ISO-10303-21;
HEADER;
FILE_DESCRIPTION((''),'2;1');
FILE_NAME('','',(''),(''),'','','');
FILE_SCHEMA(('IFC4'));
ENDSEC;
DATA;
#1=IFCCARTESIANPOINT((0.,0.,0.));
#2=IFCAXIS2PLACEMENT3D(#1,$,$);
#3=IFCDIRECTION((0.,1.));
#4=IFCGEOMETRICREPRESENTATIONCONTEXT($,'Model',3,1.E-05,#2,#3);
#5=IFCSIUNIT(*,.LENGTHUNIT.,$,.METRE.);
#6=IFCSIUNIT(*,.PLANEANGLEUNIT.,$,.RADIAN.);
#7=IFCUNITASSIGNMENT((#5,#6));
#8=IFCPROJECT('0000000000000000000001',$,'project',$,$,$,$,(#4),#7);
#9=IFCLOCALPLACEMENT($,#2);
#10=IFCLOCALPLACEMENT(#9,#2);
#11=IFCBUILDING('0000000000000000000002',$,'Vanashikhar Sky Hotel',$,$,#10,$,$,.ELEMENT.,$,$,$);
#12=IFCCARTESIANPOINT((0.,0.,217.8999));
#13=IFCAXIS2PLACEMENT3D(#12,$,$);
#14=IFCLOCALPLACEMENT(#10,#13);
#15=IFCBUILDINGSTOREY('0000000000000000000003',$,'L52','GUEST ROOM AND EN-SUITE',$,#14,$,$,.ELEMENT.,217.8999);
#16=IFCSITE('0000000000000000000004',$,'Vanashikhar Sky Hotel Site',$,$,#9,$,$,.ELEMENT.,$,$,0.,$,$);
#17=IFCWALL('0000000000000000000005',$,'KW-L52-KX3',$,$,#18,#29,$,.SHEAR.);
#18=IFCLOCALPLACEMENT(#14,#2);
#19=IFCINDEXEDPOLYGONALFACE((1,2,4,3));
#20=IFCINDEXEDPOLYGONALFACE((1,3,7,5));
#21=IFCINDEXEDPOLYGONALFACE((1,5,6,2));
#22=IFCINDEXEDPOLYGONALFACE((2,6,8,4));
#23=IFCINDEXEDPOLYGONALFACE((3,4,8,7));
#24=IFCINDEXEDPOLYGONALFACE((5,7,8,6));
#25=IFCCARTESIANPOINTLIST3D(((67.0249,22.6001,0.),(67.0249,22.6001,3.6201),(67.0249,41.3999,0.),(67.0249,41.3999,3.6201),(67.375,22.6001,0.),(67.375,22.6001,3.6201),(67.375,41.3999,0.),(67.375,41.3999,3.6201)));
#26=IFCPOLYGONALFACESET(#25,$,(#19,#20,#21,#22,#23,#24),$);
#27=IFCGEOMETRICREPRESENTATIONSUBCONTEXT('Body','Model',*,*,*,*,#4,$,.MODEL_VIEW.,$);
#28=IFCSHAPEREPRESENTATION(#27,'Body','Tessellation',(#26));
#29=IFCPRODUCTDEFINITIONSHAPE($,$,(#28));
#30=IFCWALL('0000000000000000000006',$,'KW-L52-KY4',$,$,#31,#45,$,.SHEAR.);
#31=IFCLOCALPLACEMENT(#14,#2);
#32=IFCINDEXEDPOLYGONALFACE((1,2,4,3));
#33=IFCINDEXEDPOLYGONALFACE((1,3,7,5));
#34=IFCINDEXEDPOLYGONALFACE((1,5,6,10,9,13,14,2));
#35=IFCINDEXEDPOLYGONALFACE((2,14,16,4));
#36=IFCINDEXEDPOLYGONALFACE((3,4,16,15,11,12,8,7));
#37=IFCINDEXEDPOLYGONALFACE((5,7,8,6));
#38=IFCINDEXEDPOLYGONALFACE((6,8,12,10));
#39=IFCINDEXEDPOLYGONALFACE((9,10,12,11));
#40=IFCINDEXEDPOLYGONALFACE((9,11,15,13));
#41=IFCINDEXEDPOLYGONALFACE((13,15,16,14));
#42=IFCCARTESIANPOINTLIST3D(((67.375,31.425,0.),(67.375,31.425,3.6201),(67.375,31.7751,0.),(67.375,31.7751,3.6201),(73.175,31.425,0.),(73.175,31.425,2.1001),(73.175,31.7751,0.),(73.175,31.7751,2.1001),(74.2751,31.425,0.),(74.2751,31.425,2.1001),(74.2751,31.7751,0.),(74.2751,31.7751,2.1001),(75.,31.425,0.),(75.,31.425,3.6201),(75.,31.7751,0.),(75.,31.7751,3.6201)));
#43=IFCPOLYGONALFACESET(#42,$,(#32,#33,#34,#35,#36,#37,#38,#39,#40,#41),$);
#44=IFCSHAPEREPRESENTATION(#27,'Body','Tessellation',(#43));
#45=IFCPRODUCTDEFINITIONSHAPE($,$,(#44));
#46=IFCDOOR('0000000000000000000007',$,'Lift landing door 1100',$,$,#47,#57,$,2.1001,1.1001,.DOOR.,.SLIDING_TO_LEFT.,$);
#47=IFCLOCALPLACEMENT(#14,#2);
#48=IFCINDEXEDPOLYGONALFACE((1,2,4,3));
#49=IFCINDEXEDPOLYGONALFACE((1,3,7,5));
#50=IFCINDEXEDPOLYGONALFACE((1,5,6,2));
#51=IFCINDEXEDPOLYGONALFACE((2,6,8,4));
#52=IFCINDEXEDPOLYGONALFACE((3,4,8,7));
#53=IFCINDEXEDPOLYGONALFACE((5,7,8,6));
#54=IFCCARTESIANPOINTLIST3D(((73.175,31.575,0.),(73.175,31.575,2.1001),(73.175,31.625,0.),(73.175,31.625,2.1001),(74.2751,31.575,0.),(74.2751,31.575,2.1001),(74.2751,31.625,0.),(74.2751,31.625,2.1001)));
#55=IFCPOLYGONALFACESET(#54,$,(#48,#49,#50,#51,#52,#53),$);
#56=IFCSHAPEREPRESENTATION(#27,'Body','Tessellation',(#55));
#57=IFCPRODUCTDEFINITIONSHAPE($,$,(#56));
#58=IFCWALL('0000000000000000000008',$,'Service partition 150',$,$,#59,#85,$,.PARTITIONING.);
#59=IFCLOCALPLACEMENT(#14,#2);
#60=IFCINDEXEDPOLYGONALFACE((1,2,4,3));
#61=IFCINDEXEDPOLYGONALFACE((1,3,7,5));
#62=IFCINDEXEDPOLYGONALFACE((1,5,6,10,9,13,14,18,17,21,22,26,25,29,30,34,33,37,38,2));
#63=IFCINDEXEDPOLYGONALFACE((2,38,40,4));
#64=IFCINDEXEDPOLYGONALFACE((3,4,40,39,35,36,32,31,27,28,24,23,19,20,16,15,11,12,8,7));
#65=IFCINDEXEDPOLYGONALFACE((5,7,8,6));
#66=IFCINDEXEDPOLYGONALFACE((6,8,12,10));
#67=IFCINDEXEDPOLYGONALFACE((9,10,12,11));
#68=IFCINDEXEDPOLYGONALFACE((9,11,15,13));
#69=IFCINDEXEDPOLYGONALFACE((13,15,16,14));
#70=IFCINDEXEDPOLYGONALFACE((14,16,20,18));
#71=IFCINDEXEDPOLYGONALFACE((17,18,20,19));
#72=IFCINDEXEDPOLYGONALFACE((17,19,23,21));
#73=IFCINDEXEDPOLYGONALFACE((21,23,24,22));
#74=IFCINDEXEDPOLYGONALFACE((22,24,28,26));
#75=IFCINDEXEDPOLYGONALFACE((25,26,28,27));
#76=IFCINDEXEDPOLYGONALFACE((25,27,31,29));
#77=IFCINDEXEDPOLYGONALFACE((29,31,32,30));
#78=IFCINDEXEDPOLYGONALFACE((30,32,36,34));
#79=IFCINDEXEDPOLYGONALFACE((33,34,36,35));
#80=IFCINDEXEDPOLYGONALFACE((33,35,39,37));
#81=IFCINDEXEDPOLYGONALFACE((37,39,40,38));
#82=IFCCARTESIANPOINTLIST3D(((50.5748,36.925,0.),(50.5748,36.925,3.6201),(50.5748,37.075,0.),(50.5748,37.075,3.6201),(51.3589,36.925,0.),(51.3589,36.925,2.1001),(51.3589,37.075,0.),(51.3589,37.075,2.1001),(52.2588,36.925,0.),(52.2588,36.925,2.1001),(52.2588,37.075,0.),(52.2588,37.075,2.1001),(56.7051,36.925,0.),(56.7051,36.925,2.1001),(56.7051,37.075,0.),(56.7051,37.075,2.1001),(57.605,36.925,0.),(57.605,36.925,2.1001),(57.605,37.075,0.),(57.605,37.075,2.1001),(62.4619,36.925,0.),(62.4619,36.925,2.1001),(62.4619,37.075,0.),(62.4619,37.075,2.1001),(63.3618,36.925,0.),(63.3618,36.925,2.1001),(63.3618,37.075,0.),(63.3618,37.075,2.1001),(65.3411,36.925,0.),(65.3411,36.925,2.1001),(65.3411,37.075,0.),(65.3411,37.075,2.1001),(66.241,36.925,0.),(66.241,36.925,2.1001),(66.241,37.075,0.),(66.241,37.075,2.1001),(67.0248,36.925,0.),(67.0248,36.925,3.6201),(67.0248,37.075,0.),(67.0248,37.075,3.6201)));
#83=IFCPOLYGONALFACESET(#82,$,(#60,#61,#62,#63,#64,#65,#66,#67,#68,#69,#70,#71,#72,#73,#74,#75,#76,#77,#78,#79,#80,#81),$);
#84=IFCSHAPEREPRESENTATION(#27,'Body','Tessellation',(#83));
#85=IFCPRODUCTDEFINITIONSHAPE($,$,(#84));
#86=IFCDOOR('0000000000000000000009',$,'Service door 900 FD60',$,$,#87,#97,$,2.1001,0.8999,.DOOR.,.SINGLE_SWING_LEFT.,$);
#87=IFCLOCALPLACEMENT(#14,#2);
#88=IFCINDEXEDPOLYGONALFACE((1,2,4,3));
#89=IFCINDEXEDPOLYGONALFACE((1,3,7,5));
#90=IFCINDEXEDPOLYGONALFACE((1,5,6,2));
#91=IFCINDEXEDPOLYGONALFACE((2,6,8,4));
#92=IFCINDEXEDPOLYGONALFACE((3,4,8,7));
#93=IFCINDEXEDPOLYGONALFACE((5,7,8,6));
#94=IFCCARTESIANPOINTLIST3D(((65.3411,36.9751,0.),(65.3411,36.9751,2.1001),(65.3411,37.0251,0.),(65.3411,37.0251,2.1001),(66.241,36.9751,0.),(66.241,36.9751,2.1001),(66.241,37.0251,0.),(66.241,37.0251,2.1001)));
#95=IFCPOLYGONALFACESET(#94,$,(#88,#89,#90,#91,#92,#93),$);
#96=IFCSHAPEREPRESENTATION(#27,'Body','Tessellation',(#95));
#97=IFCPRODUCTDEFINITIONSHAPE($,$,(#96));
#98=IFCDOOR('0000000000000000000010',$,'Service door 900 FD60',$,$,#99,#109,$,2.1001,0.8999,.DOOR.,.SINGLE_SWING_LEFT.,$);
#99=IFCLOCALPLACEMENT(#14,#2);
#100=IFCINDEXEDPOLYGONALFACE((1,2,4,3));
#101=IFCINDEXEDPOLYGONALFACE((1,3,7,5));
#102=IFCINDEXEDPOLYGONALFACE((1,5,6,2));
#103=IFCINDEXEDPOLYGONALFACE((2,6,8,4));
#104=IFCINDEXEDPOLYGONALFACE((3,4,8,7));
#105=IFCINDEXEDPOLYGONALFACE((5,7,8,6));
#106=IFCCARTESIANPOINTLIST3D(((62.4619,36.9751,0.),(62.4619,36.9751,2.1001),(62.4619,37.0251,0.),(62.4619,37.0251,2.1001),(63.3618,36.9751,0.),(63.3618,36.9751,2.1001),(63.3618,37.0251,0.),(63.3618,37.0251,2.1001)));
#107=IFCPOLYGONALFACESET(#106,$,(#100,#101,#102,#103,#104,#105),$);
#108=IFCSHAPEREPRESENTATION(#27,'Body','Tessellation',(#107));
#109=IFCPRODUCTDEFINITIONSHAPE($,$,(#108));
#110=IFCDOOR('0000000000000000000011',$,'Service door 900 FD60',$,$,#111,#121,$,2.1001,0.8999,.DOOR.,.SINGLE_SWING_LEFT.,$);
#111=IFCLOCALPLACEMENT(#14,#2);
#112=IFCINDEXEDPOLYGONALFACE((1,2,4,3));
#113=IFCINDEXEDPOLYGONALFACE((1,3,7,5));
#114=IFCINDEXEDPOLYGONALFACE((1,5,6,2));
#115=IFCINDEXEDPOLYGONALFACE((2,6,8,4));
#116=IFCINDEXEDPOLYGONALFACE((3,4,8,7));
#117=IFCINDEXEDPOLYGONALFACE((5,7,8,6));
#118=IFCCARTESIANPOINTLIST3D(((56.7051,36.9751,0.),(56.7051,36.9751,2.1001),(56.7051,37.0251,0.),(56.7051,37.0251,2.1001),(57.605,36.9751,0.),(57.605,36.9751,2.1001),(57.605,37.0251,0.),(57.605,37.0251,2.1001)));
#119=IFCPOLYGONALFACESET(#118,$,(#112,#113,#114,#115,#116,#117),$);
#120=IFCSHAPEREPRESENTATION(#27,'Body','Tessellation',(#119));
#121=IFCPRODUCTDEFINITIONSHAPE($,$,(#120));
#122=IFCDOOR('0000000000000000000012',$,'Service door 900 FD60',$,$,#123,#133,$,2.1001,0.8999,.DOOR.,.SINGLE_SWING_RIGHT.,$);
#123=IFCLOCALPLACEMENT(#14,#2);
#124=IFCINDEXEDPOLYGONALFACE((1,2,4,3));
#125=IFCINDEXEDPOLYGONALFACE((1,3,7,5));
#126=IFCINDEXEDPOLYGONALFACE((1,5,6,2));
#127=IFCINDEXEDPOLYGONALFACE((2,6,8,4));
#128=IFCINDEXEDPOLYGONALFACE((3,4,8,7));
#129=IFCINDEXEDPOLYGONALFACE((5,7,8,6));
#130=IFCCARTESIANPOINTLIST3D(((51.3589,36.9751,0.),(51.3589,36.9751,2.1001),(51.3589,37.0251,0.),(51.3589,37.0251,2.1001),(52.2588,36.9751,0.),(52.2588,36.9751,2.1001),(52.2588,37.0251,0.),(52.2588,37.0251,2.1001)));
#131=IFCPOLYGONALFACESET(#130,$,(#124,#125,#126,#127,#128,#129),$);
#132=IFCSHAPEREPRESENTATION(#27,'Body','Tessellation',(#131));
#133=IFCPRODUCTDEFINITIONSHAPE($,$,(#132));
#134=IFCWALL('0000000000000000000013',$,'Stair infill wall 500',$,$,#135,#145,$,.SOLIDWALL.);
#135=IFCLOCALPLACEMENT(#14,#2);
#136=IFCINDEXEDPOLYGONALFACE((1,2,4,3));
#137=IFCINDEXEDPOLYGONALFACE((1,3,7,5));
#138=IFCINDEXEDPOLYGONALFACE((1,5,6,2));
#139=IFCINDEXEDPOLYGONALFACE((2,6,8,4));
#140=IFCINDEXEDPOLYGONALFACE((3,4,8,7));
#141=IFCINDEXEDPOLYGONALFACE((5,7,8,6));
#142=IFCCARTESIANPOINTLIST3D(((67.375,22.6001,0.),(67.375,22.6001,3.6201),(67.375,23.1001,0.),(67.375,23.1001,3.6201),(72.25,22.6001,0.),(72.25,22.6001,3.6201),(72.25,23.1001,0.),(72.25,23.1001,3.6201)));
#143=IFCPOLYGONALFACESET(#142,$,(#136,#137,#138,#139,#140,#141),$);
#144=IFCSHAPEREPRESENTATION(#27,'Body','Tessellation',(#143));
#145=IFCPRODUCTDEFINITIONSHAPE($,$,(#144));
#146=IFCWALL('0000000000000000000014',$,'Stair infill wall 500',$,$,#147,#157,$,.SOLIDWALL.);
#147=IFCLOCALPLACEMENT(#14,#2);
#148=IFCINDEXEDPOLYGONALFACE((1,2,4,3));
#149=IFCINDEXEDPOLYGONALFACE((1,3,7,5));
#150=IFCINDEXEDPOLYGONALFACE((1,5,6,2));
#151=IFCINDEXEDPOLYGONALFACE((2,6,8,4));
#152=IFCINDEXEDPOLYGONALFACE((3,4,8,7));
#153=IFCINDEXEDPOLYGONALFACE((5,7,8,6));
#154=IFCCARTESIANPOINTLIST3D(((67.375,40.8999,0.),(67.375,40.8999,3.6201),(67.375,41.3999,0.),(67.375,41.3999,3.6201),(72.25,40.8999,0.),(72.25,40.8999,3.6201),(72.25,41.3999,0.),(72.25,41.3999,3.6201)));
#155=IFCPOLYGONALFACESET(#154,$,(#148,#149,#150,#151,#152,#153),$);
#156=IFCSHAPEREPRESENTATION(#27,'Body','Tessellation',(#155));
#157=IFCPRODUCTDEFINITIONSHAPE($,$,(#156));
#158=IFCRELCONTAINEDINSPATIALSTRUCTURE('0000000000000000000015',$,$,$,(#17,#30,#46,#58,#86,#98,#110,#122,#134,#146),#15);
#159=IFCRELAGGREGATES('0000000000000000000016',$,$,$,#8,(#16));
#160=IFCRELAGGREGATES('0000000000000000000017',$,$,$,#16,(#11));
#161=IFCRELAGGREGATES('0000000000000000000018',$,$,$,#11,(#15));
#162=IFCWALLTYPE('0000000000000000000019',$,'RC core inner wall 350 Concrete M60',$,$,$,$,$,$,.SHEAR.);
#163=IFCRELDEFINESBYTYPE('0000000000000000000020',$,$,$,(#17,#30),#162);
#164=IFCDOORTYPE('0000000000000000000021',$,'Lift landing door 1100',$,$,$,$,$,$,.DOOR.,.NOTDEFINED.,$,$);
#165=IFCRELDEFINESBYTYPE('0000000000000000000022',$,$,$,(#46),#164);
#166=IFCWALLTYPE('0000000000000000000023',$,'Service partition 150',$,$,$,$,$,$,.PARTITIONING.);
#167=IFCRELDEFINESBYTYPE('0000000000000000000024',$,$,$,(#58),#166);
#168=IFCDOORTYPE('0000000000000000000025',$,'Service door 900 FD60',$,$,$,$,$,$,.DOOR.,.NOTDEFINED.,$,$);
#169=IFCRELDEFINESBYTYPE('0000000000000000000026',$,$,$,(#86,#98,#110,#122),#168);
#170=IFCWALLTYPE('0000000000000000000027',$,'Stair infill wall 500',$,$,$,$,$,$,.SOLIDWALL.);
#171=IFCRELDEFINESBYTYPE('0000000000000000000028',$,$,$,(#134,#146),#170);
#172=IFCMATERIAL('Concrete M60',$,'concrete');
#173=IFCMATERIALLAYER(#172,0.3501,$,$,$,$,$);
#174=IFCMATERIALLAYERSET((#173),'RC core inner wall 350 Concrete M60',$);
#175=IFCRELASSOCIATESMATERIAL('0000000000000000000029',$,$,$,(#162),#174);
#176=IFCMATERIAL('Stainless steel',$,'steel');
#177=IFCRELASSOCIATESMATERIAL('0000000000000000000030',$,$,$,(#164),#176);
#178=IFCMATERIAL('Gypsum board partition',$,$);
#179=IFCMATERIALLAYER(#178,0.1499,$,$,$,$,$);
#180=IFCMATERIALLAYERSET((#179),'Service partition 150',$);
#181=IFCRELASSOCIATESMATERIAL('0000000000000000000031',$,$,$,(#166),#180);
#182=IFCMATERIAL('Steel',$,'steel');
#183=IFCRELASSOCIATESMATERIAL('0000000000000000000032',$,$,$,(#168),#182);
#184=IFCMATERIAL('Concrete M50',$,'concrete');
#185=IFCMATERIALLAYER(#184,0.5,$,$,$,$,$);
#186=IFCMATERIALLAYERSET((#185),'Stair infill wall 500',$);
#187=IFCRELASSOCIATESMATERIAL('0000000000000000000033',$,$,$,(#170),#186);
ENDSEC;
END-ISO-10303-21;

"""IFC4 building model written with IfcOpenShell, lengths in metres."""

from ifc_helpers import new_model, si_unit, direction, frame, frame_2d, origin, place, context, subcontext, project, spatial, rectangle, extrude, source, transform, mapped, material, layer, layer_set, type_object, element, fill, save


model = new_model("IFC4")

# Units and contexts
model_context = context("Model", 3, precision=1e-05, world=origin(), true_north=direction((0.0, 1.0)))
body_context = subcontext(model_context, "Body", "Model", "MODEL_VIEW")
ifc_project = project(units=[si_unit("LENGTHUNIT", "METRE"), si_unit("PLANEANGLEUNIT", "RADIAN")], contexts=[model_context])

# Site, building, storey
site_placement = place(None, origin())
site = spatial("IfcSite", under=ifc_project, at=site_placement, Name="Vanashikhar Sky Hotel Site", CompositionType="ELEMENT", RefElevation=0.0)
building_placement = place(site_placement, origin())
building = spatial("IfcBuilding", under=site, at=building_placement, Name="Vanashikhar Sky Hotel", CompositionType="ELEMENT")
storey_placement = place(building_placement, frame((0.0, 0.0, 217.8999)))
storey = spatial("IfcBuildingStorey", under=building, at=storey_placement, Name="L52", Description="GUEST ROOM AND EN-SUITE", CompositionType="ELEMENT", Elevation=217.8999)

# Wall
ifc_material_1 = material(Name="Concrete M60", Category="concrete")
ifc_layer_1 = layer(ifc_material_1, 0.3501)
ifc_layer_set_1 = layer_set([ifc_layer_1], Name="RC core inner wall 350 Concrete M60")
wall_type_1 = type_object("IfcWallType", Name="RC core inner wall 350 Concrete M60", PredefinedType="SHEAR", material=ifc_layer_set_1)
shared_shape_1 = source(origin(), body_context, "Body", "SweptSolid", [
    extrude(rectangle(XDim=18.7998, YDim=0.3501, at=frame_2d((9.3999, 0.0))), origin(), (0.0, 0.0, 1.0), 3.6201),
])
wall_1_placement = place(storey_placement, frame((67.2, 22.6001, 0.0), z_axis=(0.0, 0.0, 1.0), x_axis=(0.0, 1.0, 0.0)))
element("IfcWall", 1, at=wall_1_placement, inside=storey, type_object=wall_type_1, Name="KW-L52-KX3", PredefinedType="SHEAR", context=body_context, shape_type="MappedRepresentation", body=[
    mapped(shared_shape_1, transform((0.0, 0.0, 0.0), scale=1.0)),
])

# Wall, opening, door
shared_shape_2 = source(origin(), body_context, "Body", "SweptSolid", [
    extrude(rectangle(XDim=7.625, YDim=0.3501, at=frame_2d((3.8125, 0.0))), origin(), (0.0, 0.0, 1.0), 3.6201),
])
wall_2_placement = place(storey_placement, frame((67.375, 31.6001, 0.0), z_axis=(0.0, 0.0, 1.0), x_axis=(1.0, 0.0, 0.0)))
wall_2 = element("IfcWall", 2, at=wall_2_placement, inside=storey, type_object=wall_type_1, Name="KW-L52-KY4", PredefinedType="SHEAR", context=body_context, shape_type="MappedRepresentation", body=[
    mapped(shared_shape_2, transform((0.0, 0.0, 0.0), scale=1.0)),
])
shared_shape_3 = source(origin(), body_context, "Body", "SweptSolid", [
    extrude(rectangle(XDim=1.1001, YDim=2.1001, at=frame_2d((0.55, 1.05))), frame((0.0, 0.1851, 0.0), z_axis=(0.0, -1.0, 0.0), x_axis=(1.0, 0.0, 0.0)), (0.0, 0.0, 1.0), 0.3701),
])
opening_1_placement = place(wall_2_placement, frame((5.8, 0.0, 0.0)))
opening_1 = element("IfcOpeningElement", 3, at=opening_1_placement, cuts=wall_2, PredefinedType="OPENING", context=body_context, shape_type="MappedRepresentation", body=[
    mapped(shared_shape_3, transform((0.0, 0.0, 0.0), scale=1.0)),
])
ifc_material_2 = material(Name="Stainless steel", Category="steel")
door_type_1 = type_object("IfcDoorType", Name="Lift landing door 1100", OperationType="NOTDEFINED", PredefinedType="DOOR", material=ifc_material_2)
shared_shape_4 = source(origin(), body_context, "Body", "SweptSolid", [
    extrude(rectangle(XDim=1.1001, YDim=2.1001, at=frame_2d((0.55, 1.05))), frame((0.0, 0.0249, 0.0), z_axis=(0.0, -1.0, 0.0), x_axis=(1.0, 0.0, 0.0)), (0.0, 0.0, 1.0), 0.05),
])
door_1_placement = place(opening_1_placement, origin())
door_1 = element("IfcDoor", 4, at=door_1_placement, inside=storey, type_object=door_type_1, Name="Lift landing door 1100", OperationType="SLIDING_TO_LEFT", OverallHeight=2.1001, OverallWidth=1.1001, PredefinedType="DOOR", context=body_context, shape_type="MappedRepresentation", body=[
    mapped(shared_shape_4, transform((0.0, 0.0, 0.0), scale=1.0)),
])
fill(opening_1, door_1)

# Wall, openings, doors
ifc_material_3 = material(Name="Gypsum board partition")
ifc_layer_2 = layer(ifc_material_3, 0.1499)
ifc_layer_set_2 = layer_set([ifc_layer_2], Name="Service partition 150")
wall_type_2 = type_object("IfcWallType", Name="Service partition 150", PredefinedType="PARTITIONING", material=ifc_layer_set_2)
shared_shape_5 = source(origin(), body_context, "Body", "SweptSolid", [
    extrude(rectangle(XDim=16.45, YDim=0.1499, at=frame_2d((8.2251, 0.0))), origin(), (0.0, 0.0, 1.0), 3.6201),
])
wall_3_placement = place(storey_placement, frame((67.0249, 37.0, 0.0), z_axis=(0.0, 0.0, 1.0), x_axis=(-1.0, 0.0, 0.0)))
wall_3 = element("IfcWall", 5, at=wall_3_placement, inside=storey, type_object=wall_type_2, Name="Service partition 150", PredefinedType="PARTITIONING", context=body_context, shape_type="MappedRepresentation", body=[
    mapped(shared_shape_5, transform((0.0, 0.0, 0.0), scale=1.0)),
])
shared_shape_6 = source(origin(), body_context, "Body", "SweptSolid", [
    extrude(rectangle(XDim=0.8999, YDim=2.1001, at=frame_2d((0.45, 1.05))), frame((0.0, 0.085, 0.0), z_axis=(0.0, -1.0, 0.0), x_axis=(1.0, 0.0, 0.0)), (0.0, 0.0, 1.0), 0.1699),
])
opening_2_placement = place(wall_3_placement, frame((0.7839, 0.0, 0.0)))
opening_2 = element("IfcOpeningElement", 6, at=opening_2_placement, cuts=wall_3, PredefinedType="OPENING", context=body_context, shape_type="MappedRepresentation", body=[
    mapped(shared_shape_6, transform((0.0, 0.0, 0.0), scale=1.0)),
])
opening_3_placement = place(wall_3_placement, frame((3.6631, 0.0, 0.0)))
opening_3 = element("IfcOpeningElement", 7, at=opening_3_placement, cuts=wall_3, PredefinedType="OPENING", context=body_context, shape_type="MappedRepresentation", body=[
    mapped(shared_shape_6, transform((0.0, 0.0, 0.0), scale=1.0)),
])
opening_4_placement = place(wall_3_placement, frame((9.4199, 0.0, 0.0)))
opening_4 = element("IfcOpeningElement", 8, at=opening_4_placement, cuts=wall_3, PredefinedType="OPENING", context=body_context, shape_type="MappedRepresentation", body=[
    mapped(shared_shape_6, transform((0.0, 0.0, 0.0), scale=1.0)),
])
opening_5_placement = place(wall_3_placement, frame((14.7661, 0.0, 0.0)))
opening_5 = element("IfcOpeningElement", 9, at=opening_5_placement, cuts=wall_3, PredefinedType="OPENING", context=body_context, shape_type="MappedRepresentation", body=[
    mapped(shared_shape_6, transform((0.0, 0.0, 0.0), scale=1.0)),
])
ifc_material_4 = material(Name="Steel", Category="steel")
door_type_2 = type_object("IfcDoorType", Name="Service door 900 FD60", OperationType="NOTDEFINED", PredefinedType="DOOR", material=ifc_material_4)
shared_shape_7 = source(origin(), body_context, "Body", "SweptSolid", [
    extrude(rectangle(XDim=0.8999, YDim=2.1001, at=frame_2d((0.45, 1.05))), frame((0.0, 0.0249, 0.0), z_axis=(0.0, -1.0, 0.0), x_axis=(1.0, 0.0, 0.0)), (0.0, 0.0, 1.0), 0.05),
])
door_2_placement = place(opening_2_placement, origin())
door_2 = element("IfcDoor", 10, at=door_2_placement, inside=storey, type_object=door_type_2, Name="Service door 900 FD60", OperationType="SINGLE_SWING_LEFT", OverallHeight=2.1001, OverallWidth=0.8999, PredefinedType="DOOR", context=body_context, shape_type="MappedRepresentation", body=[
    mapped(shared_shape_7, transform((0.0, 0.0, 0.0), scale=1.0)),
])
fill(opening_2, door_2)
door_3_placement = place(opening_3_placement, origin())
door_3 = element("IfcDoor", 11, at=door_3_placement, inside=storey, type_object=door_type_2, Name="Service door 900 FD60", OperationType="SINGLE_SWING_LEFT", OverallHeight=2.1001, OverallWidth=0.8999, PredefinedType="DOOR", context=body_context, shape_type="MappedRepresentation", body=[
    mapped(shared_shape_7, transform((0.0, 0.0, 0.0), scale=1.0)),
])
fill(opening_3, door_3)
door_4_placement = place(opening_4_placement, origin())
door_4 = element("IfcDoor", 12, at=door_4_placement, inside=storey, type_object=door_type_2, Name="Service door 900 FD60", OperationType="SINGLE_SWING_LEFT", OverallHeight=2.1001, OverallWidth=0.8999, PredefinedType="DOOR", context=body_context, shape_type="MappedRepresentation", body=[
    mapped(shared_shape_7, transform((0.0, 0.0, 0.0), scale=1.0)),
])
fill(opening_4, door_4)
door_5_placement = place(opening_5_placement, origin())
door_5 = element("IfcDoor", 13, at=door_5_placement, inside=storey, type_object=door_type_2, Name="Service door 900 FD60", OperationType="SINGLE_SWING_RIGHT", OverallHeight=2.1001, OverallWidth=0.8999, PredefinedType="DOOR", context=body_context, shape_type="MappedRepresentation", body=[
    mapped(shared_shape_7, transform((0.0, 0.0, 0.0), scale=1.0)),
])
fill(opening_5, door_5)

# Walls
ifc_material_5 = material(Name="Concrete M50", Category="concrete")
ifc_layer_3 = layer(ifc_material_5, 0.5)
ifc_layer_set_3 = layer_set([ifc_layer_3], Name="Stair infill wall 500")
wall_type_3 = type_object("IfcWallType", Name="Stair infill wall 500", PredefinedType="SOLIDWALL", material=ifc_layer_set_3)
shared_shape_8 = source(origin(), body_context, "Body", "SweptSolid", [
    extrude(rectangle(XDim=4.875, YDim=0.5, at=frame_2d((2.4375, 0.0))), origin(), (0.0, 0.0, 1.0), 3.6201),
])
for number, where, z_axis, x_axis, name in (
    (14, (67.375, 22.8501, 0.0), (0.0, 0.0, 1.0), (1.0, 0.0, 0.0), "Stair infill wall 500"),
    (15, (67.375, 41.1499, 0.0), (0.0, 0.0, 1.0), (1.0, 0.0, 0.0), "Stair infill wall 500"),
):
    element("IfcWall", number, at=place(storey_placement, frame(where, z_axis=z_axis, x_axis=x_axis)), inside=storey, type_object=wall_type_3, Name=name, PredefinedType="SOLIDWALL", context=body_context, shape_type="MappedRepresentation", body=[
        mapped(shared_shape_8, transform((0.0, 0.0, 0.0), scale=1.0)),
    ])

save(model, "model.ifc")
